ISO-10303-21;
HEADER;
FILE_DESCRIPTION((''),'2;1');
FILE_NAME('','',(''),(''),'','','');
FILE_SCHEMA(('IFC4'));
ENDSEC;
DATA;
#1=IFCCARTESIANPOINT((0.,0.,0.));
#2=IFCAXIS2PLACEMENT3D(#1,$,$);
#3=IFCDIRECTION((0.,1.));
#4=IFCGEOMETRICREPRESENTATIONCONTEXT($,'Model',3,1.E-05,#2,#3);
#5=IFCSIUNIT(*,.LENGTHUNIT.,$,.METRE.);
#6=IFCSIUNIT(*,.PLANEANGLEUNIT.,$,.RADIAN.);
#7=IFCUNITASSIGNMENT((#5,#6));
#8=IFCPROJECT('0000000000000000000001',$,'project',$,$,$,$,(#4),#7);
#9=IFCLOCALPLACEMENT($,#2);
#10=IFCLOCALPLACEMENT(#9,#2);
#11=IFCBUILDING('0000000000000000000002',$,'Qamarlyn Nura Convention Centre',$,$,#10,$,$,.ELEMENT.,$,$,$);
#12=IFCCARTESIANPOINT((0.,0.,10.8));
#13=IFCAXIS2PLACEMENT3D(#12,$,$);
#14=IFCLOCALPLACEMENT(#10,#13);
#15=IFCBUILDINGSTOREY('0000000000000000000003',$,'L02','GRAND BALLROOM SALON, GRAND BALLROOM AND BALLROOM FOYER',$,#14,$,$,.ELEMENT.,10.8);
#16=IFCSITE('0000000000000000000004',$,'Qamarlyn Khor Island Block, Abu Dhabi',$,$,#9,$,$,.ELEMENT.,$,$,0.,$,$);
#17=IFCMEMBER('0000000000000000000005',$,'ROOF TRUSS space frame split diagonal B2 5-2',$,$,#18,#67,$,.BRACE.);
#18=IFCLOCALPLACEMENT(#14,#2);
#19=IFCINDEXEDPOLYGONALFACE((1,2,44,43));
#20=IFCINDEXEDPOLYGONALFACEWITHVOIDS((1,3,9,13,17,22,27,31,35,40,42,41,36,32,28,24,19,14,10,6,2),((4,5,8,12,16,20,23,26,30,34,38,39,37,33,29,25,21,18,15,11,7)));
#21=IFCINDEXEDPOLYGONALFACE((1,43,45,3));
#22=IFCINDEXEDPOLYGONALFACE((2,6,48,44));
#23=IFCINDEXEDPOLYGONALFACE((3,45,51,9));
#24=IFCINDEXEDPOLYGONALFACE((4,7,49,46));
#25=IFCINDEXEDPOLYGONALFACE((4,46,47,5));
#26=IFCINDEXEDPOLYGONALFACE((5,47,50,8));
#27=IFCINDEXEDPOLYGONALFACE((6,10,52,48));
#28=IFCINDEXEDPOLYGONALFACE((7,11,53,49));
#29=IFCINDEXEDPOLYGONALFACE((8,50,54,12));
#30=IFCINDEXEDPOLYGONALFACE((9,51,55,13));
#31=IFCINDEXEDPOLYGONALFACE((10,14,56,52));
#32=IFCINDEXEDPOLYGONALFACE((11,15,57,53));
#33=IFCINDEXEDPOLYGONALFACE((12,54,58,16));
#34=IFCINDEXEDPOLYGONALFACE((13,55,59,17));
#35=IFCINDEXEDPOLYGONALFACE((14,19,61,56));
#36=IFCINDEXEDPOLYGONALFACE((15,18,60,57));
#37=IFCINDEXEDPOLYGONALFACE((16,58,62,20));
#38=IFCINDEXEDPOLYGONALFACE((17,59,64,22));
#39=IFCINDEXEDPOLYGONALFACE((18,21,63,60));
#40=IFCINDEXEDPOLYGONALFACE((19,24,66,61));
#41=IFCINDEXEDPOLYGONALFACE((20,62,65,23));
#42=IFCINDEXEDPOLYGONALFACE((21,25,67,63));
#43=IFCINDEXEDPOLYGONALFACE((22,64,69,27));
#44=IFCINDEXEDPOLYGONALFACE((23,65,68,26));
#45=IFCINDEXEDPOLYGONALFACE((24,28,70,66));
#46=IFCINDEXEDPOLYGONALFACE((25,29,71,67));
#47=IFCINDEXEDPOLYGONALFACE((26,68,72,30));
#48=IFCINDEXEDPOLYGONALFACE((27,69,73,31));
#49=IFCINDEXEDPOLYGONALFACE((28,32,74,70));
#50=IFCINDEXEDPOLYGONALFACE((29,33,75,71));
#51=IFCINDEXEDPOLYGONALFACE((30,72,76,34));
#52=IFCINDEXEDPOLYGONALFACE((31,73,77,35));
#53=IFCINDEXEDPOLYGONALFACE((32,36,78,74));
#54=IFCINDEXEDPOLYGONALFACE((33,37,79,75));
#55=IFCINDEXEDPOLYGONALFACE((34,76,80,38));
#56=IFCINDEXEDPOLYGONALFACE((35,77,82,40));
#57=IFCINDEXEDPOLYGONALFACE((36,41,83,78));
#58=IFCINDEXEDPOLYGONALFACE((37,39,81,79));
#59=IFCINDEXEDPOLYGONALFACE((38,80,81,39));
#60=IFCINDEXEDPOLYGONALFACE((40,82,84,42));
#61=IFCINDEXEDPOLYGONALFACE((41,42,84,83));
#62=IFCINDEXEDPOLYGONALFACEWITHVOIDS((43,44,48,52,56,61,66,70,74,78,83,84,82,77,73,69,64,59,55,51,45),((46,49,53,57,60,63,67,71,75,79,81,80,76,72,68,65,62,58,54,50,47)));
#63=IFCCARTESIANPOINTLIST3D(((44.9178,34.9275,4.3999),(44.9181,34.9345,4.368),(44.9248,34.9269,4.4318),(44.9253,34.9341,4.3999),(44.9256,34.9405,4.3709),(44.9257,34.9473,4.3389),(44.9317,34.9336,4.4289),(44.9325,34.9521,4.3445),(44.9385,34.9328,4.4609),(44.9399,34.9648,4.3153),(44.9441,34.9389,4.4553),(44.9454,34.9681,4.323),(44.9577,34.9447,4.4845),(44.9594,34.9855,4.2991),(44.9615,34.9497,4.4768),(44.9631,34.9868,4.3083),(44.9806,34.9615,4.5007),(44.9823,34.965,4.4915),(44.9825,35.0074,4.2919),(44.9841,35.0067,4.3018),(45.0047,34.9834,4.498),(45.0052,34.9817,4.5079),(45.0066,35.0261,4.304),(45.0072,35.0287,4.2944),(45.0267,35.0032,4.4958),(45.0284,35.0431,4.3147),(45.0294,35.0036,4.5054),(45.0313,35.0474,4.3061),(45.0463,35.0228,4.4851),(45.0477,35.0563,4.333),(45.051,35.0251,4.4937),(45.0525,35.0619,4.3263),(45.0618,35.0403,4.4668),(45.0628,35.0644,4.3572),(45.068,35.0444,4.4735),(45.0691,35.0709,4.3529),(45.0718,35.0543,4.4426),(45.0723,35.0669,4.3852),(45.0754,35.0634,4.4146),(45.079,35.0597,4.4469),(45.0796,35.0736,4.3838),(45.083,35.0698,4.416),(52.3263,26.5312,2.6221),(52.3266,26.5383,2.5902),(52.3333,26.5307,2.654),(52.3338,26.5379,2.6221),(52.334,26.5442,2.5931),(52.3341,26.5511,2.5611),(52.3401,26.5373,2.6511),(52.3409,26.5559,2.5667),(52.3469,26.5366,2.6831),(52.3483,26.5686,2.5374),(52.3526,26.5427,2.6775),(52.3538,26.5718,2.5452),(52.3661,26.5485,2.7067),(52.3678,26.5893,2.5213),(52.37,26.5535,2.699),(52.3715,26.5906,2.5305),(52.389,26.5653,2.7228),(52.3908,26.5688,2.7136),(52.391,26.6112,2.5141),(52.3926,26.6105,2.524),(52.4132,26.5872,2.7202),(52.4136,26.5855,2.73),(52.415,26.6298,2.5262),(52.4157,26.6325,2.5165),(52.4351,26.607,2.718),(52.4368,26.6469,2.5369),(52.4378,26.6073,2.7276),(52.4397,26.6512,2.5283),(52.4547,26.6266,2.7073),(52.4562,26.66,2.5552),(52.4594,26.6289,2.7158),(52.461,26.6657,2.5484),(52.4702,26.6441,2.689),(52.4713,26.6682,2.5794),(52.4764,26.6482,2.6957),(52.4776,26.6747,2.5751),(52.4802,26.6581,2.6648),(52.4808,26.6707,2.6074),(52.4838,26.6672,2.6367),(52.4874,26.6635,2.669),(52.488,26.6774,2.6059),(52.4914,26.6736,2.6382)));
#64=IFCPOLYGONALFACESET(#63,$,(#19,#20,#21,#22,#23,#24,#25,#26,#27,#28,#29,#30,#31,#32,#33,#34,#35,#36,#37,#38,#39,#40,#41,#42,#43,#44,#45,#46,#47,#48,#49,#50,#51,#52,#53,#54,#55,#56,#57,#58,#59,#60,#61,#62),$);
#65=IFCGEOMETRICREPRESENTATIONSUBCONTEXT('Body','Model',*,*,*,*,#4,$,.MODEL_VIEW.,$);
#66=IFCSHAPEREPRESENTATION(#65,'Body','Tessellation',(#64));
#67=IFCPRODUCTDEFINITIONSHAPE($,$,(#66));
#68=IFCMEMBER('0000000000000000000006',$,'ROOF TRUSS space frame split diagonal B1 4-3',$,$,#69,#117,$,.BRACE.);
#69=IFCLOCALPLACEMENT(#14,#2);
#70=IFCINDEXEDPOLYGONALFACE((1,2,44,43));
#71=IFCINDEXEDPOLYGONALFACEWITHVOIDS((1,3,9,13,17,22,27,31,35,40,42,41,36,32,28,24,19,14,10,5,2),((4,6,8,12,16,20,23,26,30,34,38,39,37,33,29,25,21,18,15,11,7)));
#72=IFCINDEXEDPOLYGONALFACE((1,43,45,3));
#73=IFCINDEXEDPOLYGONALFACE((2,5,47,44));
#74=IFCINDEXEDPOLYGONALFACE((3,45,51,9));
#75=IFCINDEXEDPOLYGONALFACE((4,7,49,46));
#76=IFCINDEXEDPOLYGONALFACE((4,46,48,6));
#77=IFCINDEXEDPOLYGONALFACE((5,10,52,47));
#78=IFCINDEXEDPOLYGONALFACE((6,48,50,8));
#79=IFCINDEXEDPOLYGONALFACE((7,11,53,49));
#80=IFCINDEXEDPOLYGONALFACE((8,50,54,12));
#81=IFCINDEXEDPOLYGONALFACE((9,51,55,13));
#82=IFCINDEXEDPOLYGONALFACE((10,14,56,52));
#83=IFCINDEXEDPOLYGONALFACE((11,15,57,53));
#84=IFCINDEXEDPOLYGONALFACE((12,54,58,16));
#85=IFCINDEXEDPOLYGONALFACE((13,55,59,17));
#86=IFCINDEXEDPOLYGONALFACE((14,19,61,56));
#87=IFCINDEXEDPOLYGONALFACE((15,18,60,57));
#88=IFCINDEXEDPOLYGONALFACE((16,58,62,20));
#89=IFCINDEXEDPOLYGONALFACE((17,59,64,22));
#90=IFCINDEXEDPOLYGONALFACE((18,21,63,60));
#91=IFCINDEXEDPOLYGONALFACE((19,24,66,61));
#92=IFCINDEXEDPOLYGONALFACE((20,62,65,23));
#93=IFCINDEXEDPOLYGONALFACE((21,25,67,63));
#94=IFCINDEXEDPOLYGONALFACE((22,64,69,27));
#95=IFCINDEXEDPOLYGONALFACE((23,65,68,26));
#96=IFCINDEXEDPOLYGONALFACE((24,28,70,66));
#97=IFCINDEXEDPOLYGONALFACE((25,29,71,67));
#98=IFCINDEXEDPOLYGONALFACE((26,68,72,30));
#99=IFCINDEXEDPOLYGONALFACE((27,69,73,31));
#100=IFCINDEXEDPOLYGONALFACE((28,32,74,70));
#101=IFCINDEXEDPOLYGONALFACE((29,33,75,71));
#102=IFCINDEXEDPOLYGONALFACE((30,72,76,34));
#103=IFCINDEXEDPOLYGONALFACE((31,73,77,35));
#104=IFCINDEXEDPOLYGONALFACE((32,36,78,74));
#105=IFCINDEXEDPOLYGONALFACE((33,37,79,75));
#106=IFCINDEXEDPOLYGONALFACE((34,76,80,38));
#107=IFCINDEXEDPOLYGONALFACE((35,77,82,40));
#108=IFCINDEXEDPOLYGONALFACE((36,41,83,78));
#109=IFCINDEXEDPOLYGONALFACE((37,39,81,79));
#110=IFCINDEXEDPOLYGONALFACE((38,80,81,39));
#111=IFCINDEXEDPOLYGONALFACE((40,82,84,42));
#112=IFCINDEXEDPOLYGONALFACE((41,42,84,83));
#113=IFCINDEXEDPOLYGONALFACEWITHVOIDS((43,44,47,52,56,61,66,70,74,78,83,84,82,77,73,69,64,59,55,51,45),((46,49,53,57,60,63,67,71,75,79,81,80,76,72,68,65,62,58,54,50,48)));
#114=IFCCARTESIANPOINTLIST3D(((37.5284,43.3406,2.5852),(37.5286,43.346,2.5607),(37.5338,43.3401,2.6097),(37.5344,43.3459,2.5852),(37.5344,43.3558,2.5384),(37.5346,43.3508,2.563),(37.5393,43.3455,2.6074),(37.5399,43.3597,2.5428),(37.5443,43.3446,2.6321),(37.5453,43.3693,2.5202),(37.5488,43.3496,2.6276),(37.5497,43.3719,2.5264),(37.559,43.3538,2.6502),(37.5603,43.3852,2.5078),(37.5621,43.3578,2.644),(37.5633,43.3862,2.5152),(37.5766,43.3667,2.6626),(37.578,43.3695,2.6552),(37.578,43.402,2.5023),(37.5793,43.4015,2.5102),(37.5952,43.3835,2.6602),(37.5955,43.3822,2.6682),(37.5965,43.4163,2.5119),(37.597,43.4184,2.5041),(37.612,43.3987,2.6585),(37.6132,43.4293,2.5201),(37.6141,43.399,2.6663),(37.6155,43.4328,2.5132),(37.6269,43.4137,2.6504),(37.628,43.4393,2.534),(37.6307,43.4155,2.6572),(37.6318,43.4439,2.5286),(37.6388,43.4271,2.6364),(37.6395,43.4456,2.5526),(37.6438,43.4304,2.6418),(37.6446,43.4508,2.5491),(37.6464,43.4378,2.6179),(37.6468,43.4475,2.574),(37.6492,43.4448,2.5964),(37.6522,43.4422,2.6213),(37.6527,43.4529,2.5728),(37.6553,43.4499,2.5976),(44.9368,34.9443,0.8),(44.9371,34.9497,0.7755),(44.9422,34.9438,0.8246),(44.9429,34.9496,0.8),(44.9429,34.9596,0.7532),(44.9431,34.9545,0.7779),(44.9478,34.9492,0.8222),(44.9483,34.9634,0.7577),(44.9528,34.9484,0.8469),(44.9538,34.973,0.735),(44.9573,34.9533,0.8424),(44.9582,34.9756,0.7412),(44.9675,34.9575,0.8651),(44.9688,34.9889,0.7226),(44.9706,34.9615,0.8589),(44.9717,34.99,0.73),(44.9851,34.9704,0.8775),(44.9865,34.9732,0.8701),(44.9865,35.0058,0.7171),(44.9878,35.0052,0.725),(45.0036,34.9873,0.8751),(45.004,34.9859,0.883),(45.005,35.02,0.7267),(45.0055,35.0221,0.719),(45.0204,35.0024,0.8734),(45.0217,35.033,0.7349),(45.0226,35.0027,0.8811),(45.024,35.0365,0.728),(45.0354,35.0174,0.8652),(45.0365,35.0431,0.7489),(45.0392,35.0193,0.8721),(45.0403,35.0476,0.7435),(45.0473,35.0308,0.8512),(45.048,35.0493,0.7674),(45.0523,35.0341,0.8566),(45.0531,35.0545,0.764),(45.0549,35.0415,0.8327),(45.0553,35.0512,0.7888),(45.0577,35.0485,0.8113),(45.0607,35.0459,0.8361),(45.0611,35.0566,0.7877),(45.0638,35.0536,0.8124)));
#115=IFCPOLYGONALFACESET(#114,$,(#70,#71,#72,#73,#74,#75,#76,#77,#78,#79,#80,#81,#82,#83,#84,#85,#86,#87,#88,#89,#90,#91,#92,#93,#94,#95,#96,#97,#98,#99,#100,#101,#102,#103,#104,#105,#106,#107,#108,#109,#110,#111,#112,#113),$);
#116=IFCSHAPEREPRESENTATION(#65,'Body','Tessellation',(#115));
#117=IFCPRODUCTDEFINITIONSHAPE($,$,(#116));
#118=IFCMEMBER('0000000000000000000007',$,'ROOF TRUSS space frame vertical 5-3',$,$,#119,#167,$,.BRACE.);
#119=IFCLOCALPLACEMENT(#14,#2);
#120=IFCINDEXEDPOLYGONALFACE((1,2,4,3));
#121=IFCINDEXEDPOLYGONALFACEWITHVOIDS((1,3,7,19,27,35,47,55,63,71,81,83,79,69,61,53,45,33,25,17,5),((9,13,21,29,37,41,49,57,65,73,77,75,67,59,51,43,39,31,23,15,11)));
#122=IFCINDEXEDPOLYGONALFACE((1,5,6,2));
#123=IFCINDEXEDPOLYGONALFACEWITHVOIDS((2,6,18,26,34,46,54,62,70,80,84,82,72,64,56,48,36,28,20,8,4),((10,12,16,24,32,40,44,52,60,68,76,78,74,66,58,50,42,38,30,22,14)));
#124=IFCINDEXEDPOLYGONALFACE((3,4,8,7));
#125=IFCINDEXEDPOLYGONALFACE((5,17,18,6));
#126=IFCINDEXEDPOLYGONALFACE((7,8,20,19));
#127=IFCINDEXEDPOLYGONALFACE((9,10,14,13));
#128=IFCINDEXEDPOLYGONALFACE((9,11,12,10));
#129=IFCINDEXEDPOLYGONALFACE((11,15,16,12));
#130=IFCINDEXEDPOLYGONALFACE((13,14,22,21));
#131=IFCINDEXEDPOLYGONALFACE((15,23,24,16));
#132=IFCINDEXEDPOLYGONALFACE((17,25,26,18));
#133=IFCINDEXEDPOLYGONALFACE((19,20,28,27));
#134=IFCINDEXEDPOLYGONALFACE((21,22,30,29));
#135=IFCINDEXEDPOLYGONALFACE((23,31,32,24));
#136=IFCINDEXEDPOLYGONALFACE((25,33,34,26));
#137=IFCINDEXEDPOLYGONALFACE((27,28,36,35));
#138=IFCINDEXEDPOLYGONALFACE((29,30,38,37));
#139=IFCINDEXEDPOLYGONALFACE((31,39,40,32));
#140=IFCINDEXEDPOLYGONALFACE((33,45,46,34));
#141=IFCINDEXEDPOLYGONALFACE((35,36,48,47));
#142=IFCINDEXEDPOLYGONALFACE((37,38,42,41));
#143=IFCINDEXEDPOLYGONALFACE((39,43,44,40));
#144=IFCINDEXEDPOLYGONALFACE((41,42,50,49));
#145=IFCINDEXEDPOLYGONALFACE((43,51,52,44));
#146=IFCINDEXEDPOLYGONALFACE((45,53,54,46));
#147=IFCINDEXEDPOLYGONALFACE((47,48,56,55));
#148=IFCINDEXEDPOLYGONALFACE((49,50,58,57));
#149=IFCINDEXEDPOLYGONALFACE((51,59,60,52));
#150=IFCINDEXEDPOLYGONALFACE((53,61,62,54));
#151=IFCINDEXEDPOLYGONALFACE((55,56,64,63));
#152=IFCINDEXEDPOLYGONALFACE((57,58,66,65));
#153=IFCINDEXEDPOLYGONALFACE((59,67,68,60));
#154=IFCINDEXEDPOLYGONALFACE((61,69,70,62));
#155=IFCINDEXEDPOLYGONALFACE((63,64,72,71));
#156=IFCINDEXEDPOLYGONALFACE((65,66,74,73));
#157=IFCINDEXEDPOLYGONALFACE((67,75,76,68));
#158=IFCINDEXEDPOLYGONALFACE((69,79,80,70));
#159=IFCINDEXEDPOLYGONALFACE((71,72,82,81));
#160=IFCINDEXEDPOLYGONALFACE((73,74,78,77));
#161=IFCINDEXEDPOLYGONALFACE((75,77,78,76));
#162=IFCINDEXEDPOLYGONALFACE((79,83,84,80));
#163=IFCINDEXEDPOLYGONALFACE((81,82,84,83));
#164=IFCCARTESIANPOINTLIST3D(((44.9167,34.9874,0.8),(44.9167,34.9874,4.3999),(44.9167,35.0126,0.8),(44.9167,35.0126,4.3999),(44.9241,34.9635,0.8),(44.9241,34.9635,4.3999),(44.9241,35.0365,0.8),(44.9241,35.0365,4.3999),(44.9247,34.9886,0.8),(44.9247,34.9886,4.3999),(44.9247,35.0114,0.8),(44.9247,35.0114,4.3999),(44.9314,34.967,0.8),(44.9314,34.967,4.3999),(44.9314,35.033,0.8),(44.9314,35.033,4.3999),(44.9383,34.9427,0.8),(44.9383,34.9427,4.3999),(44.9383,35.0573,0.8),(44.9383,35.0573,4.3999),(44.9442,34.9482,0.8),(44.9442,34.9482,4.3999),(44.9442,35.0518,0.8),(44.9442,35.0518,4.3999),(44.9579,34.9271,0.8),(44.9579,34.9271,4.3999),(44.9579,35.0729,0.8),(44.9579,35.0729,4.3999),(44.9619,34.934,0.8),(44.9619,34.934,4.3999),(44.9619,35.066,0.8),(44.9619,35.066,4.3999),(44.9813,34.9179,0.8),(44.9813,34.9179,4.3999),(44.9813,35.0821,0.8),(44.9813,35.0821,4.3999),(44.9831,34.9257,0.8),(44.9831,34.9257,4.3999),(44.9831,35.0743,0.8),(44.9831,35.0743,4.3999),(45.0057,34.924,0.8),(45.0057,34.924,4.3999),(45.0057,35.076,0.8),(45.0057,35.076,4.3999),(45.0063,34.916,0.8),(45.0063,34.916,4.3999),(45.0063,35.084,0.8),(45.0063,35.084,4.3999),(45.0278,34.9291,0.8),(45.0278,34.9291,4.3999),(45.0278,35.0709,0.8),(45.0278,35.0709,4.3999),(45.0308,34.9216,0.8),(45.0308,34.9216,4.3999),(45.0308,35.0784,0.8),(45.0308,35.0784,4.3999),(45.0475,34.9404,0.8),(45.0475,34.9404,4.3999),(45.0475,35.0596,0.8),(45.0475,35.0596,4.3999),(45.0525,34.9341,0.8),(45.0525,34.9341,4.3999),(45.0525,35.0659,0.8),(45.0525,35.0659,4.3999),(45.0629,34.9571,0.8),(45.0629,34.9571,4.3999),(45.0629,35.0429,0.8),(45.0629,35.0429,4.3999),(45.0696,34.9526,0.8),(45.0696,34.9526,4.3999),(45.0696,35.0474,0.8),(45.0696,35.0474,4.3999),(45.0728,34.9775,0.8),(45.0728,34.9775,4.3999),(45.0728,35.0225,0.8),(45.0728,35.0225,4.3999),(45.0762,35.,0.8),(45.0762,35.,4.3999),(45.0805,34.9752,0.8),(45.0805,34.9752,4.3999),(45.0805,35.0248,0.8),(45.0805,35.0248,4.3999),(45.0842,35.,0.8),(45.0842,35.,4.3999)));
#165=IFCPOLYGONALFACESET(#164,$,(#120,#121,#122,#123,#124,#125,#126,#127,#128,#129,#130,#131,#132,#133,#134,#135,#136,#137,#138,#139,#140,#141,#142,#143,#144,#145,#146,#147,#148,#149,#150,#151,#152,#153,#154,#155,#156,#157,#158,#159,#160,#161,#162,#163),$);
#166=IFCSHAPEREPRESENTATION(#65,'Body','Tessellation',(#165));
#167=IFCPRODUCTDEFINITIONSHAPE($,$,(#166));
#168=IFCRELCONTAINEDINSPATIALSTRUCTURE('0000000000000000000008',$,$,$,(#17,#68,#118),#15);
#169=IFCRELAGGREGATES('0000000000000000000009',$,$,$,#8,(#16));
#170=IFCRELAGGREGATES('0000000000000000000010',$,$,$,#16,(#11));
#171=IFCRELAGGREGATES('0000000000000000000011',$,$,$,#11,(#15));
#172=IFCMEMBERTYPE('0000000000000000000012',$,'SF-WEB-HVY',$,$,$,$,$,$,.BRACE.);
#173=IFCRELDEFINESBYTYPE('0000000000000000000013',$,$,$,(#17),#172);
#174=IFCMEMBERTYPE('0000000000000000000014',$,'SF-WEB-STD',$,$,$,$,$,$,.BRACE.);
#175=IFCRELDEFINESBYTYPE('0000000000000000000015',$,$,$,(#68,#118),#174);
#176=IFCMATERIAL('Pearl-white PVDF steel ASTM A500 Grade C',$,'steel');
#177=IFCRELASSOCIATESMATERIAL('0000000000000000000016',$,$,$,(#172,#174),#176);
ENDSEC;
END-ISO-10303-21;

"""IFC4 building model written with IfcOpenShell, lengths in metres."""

from ifc_helpers import new_model, si_unit, direction, frame, origin, origin_2d, place, context, subcontext, project, spatial, hollow_circle, extrude, material, material_profile, profile_set, type_object, element, save


model = new_model("IFC4")

# Units and contexts
model_context = context("Model", 3, precision=1e-05, world=origin(), true_north=direction((0.0, 1.0)))
body_context = subcontext(model_context, "Body", "Model", "MODEL_VIEW")
ifc_project = project(units=[si_unit("LENGTHUNIT", "METRE"), si_unit("PLANEANGLEUNIT", "RADIAN")], contexts=[model_context])

# Site, building, storey
site_placement = place(None, origin())
site = spatial("IfcSite", under=ifc_project, at=site_placement, Name="Qamarlyn Khor Island Block, Abu Dhabi", CompositionType="ELEMENT", RefElevation=0.0)
building_placement = place(site_placement, origin())
building = spatial("IfcBuilding", under=site, at=building_placement, Name="Qamarlyn Nura Convention Centre", CompositionType="ELEMENT")
storey_placement = place(building_placement, frame((0.0, 0.0, 10.8)))
storey = spatial("IfcBuildingStorey", under=building, at=storey_placement, Name="L02", Description="GRAND BALLROOM SALON, GRAND BALLROOM AND BALLROOM FOYER", CompositionType="ELEMENT", Elevation=10.8)

# Shared definitions
ifc_material_1 = material(Name="Pearl-white PVDF steel ASTM A500 Grade C", Category="steel")

# Members
ifc_material_profile_1 = material_profile(ifc_material_1, hollow_circle(Radius=0.1096, WallThickness=0.01, at=origin_2d()), Name="CHS219.1X10")
ifc_profile_set_1 = profile_set([ifc_material_profile_1], Name="Pearl-white PVDF steel ASTM A500 Grade C")
member_type_1 = type_object("IfcMemberType", Name="SF-WEB-HVY", PredefinedType="BRACE", material=ifc_profile_set_1)
member_1_placement = place(storey_placement, frame((52.4084, 26.6038, 2.6221), z_axis=(-0.653437, 0.740562, 0.156808), x_axis=(-0.749838, -0.661622, 0.0)))
element("IfcMember", 1, at=member_1_placement, inside=storey, type_object=member_type_1, Name="ROOF TRUSS space frame split diagonal B2 5-2", PredefinedType="BRACE", context=body_context, shape_type="SweptSolid", body=[
    extrude(hollow_circle(Radius=0.1096, WallThickness=0.01, at=origin_2d()), origin(), (0.0, 0.0, 1.0), 11.3376),
])
ifc_material_profile_2 = material_profile(ifc_material_1, hollow_circle(Radius=0.0842, WallThickness=0.0081, at=origin_2d()), Name="CHS168.3X8")
ifc_profile_set_2 = profile_set([ifc_material_profile_2], Name="Pearl-white PVDF steel ASTM A500 Grade C")
member_type_2 = type_object("IfcMemberType", Name="SF-WEB-STD", PredefinedType="BRACE", material=ifc_profile_set_2)
member_2_placement = place(storey_placement, frame((45.0, 35.0, 0.8), z_axis=(-0.653371, 0.740487, 0.157438), x_axis=(-0.749838, -0.661622, 0.0)))
element("IfcMember", 2, at=member_2_placement, inside=storey, type_object=member_type_2, Name="ROOF TRUSS space frame split diagonal B1 4-3", PredefinedType="BRACE", context=body_context, shape_type="SweptSolid", body=[
    extrude(hollow_circle(Radius=0.0842, WallThickness=0.0081, at=origin_2d()), origin(), (0.0, 0.0, 1.0), 11.3389),
])
member_3_placement = place(storey_placement, frame((45.0, 35.0, 0.8), z_axis=(0.0, 0.0, 1.0), x_axis=(1.0, 0.0, 0.0)))
element("IfcMember", 3, at=member_3_placement, inside=storey, type_object=member_type_2, Name="ROOF TRUSS space frame vertical 5-3", PredefinedType="BRACE", context=body_context, shape_type="SweptSolid", body=[
    extrude(hollow_circle(Radius=0.0842, WallThickness=0.0081, at=origin_2d()), origin(), (0.0, 0.0, 1.0), 3.5999),
])

save(model, "model.ifc")
